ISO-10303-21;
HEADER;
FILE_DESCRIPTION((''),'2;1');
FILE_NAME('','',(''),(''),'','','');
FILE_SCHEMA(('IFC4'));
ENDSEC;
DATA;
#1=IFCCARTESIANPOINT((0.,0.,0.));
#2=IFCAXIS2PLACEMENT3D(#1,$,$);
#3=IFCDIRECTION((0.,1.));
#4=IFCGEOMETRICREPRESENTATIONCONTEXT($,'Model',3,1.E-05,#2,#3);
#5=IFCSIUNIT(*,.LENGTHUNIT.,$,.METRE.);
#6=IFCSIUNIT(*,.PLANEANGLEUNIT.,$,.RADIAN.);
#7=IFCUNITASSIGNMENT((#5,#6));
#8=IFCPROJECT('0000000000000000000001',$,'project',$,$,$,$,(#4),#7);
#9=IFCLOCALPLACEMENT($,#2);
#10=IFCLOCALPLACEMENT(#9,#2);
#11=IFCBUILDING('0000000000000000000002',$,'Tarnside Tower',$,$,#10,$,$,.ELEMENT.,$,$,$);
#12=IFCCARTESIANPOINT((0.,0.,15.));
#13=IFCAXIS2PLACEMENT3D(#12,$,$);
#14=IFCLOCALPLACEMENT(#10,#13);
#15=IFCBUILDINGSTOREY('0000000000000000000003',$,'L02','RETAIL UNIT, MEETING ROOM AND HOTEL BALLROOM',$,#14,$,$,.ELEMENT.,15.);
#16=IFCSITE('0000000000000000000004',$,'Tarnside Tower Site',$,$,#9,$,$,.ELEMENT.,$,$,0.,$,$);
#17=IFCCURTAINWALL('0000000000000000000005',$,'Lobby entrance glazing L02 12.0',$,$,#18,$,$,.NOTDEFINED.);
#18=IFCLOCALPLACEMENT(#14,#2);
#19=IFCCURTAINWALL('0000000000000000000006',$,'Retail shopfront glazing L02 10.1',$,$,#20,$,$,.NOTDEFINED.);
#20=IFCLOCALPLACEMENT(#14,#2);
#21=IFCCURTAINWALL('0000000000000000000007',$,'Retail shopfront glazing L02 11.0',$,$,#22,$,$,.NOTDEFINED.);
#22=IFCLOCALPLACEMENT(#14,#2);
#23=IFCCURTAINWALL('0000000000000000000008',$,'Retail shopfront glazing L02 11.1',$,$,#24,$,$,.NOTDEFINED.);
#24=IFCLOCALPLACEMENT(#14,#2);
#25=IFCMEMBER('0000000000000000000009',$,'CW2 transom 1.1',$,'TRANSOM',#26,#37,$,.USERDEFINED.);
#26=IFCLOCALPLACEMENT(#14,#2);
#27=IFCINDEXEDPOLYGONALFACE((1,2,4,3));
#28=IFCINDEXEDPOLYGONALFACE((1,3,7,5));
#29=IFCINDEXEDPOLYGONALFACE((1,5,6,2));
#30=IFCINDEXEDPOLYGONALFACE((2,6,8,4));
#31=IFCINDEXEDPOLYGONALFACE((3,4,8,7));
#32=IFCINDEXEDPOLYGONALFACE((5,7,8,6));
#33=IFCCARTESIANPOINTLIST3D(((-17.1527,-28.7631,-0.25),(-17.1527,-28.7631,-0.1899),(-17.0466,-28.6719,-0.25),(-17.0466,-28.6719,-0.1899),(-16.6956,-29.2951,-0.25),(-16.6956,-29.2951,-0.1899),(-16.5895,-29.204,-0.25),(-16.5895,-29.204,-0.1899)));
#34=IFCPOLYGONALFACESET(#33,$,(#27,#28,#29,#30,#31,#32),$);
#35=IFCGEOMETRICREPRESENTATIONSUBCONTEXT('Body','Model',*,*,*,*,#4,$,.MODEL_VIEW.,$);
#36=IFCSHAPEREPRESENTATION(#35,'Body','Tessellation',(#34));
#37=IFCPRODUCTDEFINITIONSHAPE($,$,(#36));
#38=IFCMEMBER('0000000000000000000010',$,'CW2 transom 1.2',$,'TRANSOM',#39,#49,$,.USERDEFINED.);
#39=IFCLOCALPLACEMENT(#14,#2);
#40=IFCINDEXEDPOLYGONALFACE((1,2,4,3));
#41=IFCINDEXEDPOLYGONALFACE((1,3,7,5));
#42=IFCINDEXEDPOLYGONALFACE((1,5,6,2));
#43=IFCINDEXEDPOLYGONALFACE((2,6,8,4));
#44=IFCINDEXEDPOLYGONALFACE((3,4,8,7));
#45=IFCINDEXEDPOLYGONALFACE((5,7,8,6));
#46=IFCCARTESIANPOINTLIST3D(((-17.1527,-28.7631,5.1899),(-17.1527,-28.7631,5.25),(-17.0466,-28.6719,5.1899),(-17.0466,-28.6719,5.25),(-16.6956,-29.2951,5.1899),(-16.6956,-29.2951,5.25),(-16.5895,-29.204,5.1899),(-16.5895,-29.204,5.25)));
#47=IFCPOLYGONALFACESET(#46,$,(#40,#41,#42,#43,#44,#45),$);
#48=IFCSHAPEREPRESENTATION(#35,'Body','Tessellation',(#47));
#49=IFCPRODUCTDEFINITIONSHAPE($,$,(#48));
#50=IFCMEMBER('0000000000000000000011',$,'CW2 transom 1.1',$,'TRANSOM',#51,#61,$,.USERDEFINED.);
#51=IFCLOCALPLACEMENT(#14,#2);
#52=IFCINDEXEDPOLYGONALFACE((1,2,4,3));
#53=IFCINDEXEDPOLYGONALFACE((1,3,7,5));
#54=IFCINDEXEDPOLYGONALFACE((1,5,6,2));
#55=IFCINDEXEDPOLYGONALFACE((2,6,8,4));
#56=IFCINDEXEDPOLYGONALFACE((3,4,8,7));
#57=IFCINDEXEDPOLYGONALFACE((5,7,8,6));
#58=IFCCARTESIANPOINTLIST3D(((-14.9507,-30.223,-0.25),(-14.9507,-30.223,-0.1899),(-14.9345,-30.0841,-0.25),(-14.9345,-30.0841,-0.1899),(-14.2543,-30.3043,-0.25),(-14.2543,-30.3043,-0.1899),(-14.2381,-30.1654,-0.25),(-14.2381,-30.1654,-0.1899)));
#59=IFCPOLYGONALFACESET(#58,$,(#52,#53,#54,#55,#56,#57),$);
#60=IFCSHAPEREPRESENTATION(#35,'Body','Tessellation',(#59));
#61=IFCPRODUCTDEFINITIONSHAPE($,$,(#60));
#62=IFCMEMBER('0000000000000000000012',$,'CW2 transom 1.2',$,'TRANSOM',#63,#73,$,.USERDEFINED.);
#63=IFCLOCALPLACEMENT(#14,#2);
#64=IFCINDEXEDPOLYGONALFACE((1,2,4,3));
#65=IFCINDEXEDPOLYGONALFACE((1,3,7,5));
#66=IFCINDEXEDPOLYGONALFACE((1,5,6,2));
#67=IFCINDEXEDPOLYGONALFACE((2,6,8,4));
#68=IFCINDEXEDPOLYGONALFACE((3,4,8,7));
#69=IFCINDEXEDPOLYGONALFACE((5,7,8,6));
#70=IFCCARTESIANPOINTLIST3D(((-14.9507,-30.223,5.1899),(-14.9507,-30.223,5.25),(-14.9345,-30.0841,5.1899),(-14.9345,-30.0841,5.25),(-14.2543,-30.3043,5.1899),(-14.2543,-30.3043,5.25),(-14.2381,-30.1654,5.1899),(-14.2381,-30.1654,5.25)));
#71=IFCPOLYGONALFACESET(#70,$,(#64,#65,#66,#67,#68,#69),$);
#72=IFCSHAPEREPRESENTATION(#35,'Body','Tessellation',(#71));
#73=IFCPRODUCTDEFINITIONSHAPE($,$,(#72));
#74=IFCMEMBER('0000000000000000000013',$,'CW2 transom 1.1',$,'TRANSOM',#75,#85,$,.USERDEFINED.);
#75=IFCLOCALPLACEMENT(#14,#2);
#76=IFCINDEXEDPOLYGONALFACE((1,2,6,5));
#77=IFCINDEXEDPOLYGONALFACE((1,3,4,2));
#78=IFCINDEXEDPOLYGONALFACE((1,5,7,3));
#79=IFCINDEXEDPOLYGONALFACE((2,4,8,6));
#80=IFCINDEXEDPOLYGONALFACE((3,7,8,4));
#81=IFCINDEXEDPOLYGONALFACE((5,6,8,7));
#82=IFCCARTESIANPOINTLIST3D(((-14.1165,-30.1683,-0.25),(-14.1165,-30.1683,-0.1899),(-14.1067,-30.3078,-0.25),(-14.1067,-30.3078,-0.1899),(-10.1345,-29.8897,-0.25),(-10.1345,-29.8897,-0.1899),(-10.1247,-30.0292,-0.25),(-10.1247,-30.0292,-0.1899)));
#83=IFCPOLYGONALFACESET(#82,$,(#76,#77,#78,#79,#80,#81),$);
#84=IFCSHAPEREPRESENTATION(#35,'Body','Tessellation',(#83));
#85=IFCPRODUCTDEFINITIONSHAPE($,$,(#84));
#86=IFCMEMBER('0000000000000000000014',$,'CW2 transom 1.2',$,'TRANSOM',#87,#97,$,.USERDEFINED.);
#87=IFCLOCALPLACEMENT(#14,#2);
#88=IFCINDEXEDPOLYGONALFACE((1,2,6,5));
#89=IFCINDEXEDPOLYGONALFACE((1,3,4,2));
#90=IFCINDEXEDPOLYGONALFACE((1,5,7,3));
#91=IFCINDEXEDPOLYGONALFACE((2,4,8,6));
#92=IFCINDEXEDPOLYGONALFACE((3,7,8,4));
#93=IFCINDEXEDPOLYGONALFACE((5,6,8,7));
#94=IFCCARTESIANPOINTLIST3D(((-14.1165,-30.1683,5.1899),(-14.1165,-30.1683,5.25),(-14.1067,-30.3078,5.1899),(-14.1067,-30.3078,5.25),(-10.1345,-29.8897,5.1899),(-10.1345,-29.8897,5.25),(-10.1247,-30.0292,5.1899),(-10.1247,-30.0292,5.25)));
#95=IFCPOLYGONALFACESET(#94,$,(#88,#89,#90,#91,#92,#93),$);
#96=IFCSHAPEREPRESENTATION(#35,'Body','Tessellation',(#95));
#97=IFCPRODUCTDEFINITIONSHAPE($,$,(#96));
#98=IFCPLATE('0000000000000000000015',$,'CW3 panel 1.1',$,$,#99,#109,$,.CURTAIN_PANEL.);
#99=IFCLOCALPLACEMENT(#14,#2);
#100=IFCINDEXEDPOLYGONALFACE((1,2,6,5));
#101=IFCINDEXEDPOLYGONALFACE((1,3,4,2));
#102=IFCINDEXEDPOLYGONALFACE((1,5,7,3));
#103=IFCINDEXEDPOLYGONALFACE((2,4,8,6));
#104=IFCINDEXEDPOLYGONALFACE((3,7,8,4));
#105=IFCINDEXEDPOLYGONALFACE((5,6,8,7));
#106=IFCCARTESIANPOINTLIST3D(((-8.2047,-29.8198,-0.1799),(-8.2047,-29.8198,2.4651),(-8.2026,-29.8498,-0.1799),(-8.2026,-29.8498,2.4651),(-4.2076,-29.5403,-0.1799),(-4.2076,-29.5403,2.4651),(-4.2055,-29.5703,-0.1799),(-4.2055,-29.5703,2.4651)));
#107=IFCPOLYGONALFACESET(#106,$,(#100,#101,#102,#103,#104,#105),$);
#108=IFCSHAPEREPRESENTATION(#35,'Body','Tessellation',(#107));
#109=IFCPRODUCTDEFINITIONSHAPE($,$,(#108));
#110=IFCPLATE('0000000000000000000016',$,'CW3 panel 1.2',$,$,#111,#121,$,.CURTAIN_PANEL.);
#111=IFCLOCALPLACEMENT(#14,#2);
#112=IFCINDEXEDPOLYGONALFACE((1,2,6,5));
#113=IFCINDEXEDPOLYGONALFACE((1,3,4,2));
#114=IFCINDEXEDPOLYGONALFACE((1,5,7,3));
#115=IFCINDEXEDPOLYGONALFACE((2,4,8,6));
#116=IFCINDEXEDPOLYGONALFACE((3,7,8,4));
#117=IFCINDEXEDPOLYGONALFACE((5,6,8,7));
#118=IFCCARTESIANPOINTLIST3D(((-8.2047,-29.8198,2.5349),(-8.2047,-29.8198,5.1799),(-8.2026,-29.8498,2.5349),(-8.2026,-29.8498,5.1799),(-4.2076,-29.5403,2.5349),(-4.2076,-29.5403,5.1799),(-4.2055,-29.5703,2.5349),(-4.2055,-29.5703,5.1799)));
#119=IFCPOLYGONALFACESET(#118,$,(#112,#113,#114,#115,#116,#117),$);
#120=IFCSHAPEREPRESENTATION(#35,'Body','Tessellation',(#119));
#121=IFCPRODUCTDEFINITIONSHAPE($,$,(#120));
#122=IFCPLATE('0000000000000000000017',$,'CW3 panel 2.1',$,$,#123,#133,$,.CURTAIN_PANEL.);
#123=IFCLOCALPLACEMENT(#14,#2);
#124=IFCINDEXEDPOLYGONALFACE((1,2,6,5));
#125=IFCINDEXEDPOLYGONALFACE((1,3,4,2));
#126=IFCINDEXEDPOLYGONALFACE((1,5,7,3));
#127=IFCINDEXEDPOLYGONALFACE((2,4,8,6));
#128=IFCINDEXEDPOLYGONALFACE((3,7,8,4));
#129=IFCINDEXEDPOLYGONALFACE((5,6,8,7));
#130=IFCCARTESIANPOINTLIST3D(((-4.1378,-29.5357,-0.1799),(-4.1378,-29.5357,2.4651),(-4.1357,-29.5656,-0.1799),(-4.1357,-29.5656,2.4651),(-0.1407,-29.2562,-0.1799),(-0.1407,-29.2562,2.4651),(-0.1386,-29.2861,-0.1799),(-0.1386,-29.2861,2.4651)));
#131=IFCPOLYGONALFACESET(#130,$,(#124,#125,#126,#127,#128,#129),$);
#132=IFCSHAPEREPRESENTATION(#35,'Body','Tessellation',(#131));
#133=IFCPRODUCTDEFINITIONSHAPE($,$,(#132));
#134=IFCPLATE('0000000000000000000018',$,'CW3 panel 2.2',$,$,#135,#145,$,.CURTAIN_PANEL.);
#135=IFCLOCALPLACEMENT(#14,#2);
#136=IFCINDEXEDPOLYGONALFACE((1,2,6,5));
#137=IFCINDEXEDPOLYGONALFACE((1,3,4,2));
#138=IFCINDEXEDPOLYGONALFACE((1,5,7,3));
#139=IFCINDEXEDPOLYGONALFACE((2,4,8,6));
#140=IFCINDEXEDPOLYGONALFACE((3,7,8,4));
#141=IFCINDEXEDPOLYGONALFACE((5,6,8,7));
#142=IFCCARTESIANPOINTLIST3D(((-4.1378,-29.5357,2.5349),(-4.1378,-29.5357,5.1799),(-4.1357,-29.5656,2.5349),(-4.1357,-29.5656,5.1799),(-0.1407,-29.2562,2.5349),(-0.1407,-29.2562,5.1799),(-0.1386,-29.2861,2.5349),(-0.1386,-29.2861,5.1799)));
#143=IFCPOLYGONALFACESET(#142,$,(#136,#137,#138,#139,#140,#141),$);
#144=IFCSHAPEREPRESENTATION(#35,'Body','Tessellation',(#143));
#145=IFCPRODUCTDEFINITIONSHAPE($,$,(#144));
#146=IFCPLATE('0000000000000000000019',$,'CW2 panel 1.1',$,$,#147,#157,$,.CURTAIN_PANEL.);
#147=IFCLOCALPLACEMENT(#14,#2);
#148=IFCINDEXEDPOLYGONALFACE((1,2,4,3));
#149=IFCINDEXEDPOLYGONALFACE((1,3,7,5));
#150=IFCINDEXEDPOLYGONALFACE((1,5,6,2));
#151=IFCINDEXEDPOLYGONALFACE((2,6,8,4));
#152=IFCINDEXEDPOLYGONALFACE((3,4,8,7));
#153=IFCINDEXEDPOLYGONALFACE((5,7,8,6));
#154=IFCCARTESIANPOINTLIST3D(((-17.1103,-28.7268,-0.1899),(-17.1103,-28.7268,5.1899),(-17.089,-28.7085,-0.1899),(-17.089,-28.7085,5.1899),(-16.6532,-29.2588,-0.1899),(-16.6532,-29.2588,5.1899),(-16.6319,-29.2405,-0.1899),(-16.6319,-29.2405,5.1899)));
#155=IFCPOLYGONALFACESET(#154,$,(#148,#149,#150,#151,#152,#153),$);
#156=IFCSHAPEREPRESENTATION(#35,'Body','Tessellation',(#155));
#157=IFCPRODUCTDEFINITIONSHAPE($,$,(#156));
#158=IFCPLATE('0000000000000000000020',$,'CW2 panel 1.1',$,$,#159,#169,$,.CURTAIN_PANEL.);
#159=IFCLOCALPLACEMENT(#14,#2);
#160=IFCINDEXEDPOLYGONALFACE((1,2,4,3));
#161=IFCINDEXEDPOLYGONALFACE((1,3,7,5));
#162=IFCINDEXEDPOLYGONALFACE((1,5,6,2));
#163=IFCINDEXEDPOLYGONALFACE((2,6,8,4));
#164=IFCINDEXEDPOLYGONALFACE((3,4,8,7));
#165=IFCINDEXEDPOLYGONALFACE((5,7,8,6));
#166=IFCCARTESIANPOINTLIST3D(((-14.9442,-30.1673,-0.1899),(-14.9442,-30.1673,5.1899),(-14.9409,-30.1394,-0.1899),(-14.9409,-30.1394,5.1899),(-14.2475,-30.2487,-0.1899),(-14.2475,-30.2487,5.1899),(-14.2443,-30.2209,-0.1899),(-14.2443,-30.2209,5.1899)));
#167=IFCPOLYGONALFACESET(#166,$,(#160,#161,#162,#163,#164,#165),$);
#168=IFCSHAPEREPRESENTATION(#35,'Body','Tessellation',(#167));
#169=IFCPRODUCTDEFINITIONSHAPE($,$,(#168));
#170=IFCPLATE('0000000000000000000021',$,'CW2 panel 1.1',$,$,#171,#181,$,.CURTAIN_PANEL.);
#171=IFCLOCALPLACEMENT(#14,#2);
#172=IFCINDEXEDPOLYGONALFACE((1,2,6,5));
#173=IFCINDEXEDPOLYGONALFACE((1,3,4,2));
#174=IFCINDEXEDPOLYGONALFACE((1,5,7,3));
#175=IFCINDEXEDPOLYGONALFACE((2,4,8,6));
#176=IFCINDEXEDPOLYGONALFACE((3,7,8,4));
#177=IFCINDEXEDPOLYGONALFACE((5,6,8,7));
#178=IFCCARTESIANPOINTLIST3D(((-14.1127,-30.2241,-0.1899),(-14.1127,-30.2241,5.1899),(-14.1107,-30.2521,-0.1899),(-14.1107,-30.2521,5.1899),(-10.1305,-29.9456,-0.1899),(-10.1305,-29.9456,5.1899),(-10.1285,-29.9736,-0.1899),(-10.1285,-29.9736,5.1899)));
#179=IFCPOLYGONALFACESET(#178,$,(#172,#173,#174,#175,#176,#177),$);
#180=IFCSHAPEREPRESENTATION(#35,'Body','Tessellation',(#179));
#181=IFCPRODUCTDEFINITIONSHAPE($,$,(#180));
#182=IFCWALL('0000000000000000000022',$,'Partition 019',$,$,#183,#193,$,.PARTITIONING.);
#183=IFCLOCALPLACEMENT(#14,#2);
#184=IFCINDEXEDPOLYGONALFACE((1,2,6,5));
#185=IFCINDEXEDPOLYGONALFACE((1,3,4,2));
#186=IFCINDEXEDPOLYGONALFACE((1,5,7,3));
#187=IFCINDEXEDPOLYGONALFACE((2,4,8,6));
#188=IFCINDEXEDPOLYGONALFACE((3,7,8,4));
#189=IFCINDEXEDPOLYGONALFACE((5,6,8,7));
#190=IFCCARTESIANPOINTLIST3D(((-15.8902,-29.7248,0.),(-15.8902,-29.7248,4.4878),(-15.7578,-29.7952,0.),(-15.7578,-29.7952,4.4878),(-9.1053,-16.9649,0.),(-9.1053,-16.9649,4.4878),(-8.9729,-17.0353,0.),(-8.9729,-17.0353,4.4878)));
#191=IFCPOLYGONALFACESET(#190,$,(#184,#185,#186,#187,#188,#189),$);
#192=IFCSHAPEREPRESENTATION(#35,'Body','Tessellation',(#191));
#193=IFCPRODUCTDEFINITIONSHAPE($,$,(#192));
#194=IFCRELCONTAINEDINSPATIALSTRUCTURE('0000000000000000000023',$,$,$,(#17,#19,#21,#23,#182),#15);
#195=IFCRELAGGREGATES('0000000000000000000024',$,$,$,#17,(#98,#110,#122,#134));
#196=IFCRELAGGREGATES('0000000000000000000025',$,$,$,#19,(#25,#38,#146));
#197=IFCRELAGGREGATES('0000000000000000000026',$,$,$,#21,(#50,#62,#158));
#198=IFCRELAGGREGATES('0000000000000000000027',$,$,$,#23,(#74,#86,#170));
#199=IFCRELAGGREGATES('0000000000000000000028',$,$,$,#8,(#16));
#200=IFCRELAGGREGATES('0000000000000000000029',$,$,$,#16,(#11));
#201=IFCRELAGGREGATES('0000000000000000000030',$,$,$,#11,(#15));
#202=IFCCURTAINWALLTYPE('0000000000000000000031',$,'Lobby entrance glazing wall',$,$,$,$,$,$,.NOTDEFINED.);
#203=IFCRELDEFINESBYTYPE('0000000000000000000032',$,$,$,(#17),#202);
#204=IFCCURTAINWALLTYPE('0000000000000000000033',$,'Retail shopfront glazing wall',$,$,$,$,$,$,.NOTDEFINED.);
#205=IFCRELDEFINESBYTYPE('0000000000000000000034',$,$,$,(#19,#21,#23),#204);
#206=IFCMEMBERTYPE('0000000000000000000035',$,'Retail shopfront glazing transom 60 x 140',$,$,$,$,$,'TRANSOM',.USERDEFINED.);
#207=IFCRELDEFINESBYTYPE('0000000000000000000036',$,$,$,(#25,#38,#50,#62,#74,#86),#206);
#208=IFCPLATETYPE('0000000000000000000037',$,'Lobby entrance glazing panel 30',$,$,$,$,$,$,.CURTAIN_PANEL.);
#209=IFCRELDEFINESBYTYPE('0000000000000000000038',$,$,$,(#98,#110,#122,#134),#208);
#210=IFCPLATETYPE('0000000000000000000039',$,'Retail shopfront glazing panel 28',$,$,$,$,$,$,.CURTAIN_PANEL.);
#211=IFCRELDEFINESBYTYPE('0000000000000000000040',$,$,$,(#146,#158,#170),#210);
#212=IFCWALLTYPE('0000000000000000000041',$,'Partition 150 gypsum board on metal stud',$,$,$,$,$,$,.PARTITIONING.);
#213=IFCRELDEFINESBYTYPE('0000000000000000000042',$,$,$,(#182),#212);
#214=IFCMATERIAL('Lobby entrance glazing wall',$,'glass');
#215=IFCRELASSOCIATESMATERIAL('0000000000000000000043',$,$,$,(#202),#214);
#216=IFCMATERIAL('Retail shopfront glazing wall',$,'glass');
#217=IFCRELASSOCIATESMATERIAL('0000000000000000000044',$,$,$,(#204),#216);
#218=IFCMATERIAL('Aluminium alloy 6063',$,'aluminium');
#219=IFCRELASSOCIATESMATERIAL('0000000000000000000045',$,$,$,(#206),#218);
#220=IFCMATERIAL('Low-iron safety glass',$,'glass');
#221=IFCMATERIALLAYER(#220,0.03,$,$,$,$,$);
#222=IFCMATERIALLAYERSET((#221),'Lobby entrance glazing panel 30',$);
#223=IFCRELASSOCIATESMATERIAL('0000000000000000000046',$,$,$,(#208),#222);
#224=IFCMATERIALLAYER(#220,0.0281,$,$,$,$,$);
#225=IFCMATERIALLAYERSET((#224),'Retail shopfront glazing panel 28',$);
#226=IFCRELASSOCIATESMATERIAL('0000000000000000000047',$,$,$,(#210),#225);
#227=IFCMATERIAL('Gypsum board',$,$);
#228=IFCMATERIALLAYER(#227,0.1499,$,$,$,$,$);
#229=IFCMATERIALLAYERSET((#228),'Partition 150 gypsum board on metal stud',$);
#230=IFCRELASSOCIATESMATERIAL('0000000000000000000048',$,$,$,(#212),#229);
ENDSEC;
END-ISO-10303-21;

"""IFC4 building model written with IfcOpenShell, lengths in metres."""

from ifc_helpers import new_model, si_unit, direction, frame, frame_2d, origin, origin_2d, place, context, subcontext, project, spatial, rectangle, extrude, material, layer, layer_set, material_profile, profile_set, type_object, element, aggregate, save


model = new_model("IFC4")

# Units and contexts
model_context = context("Model", 3, precision=1e-05, world=origin(), true_north=direction((0.0, 1.0)))
body_context = subcontext(model_context, "Body", "Model", "MODEL_VIEW")
ifc_project = project(units=[si_unit("LENGTHUNIT", "METRE"), si_unit("PLANEANGLEUNIT", "RADIAN")], contexts=[model_context])

# Site, building, storey
site_placement = place(None, origin())
site = spatial("IfcSite", under=ifc_project, at=site_placement, Name="Tarnside Tower Site", CompositionType="ELEMENT", RefElevation=0.0)
building_placement = place(site_placement, origin())
building = spatial("IfcBuilding", under=site, at=building_placement, Name="Tarnside Tower", CompositionType="ELEMENT")
storey_placement = place(building_placement, frame((0.0, 0.0, 15.0)))
storey = spatial("IfcBuildingStorey", under=building, at=storey_placement, Name="L02", Description="RETAIL UNIT, MEETING ROOM AND HOTEL BALLROOM", CompositionType="ELEMENT", Elevation=15.0)

# Curtain wall
ifc_material_1 = material(Name="Lobby entrance glazing wall", Category="glass")
curtain_wall_type_1 = type_object("IfcCurtainWallType", Name="Lobby entrance glazing wall", PredefinedType="NOTDEFINED", material=ifc_material_1)
curtain_wall_1_placement = place(storey_placement, origin())
curtain_wall_1 = element("IfcCurtainWall", 1, at=curtain_wall_1_placement, inside=storey, type_object=curtain_wall_type_1, Name="Lobby entrance glazing L02 12.0", PredefinedType="NOTDEFINED")
ifc_material_2 = material(Name="Aluminium alloy 6063", Category="aluminium")

# Curtain wall
ifc_material_3 = material(Name="Retail shopfront glazing wall", Category="glass")
curtain_wall_type_2 = type_object("IfcCurtainWallType", Name="Retail shopfront glazing wall", PredefinedType="NOTDEFINED", material=ifc_material_3)
curtain_wall_2_placement = place(storey_placement, origin())
curtain_wall_2 = element("IfcCurtainWall", 2, at=curtain_wall_2_placement, inside=storey, type_object=curtain_wall_type_2, Name="Retail shopfront glazing L02 10.1", PredefinedType="NOTDEFINED")

# Curtain walls
curtain_wall_3_placement = place(storey_placement, origin())
curtain_wall_3 = element("IfcCurtainWall", 3, at=curtain_wall_3_placement, inside=storey, type_object=curtain_wall_type_2, Name="Retail shopfront glazing L02 11.0", PredefinedType="NOTDEFINED")
curtain_wall_4_placement = place(storey_placement, origin())
curtain_wall_4 = element("IfcCurtainWall", 4, at=curtain_wall_4_placement, inside=storey, type_object=curtain_wall_type_2, Name="Retail shopfront glazing L02 11.1", PredefinedType="NOTDEFINED")

# Members
ifc_material_profile_1 = material_profile(ifc_material_2, rectangle(XDim=0.1399, YDim=0.0601, at=origin_2d()), Name="Retail shopfront glazing transom 60 x 140")
ifc_profile_set_1 = profile_set([ifc_material_profile_1], Name="Aluminium alloy 6063")
member_type_1 = type_object("IfcMemberType", Name="Retail shopfront glazing transom 60 x 140", ElementType="TRANSOM", PredefinedType="USERDEFINED", material=ifc_profile_set_1)
member_1_placement = place(storey_placement, frame((-17.0996, -28.7175, -0.22), z_axis=(0.651651, -0.758519, 0.0), x_axis=(0.758519, 0.651651, 0.0)))
member_1 = element("IfcMember", 5, at=member_1_placement, type_object=member_type_1, Name="CW2 transom 1.1", ObjectType="TRANSOM", PredefinedType="USERDEFINED", context=body_context, shape_type="SweptSolid", body=[
    extrude(rectangle(XDim=0.1399, YDim=0.0601, at=origin_2d()), origin(), (0.0, 0.0, 1.0), 0.7014),
])
member_2_placement = place(storey_placement, frame((-17.0996, -28.7175, 5.22), z_axis=(0.651651, -0.758519, 0.0), x_axis=(0.758519, 0.651651, 0.0)))
member_2 = element("IfcMember", 6, at=member_2_placement, type_object=member_type_1, Name="CW2 transom 1.2", ObjectType="TRANSOM", PredefinedType="USERDEFINED", context=body_context, shape_type="SweptSolid", body=[
    extrude(rectangle(XDim=0.1399, YDim=0.0601, at=origin_2d()), origin(), (0.0, 0.0, 1.0), 0.7014),
])
member_3_placement = place(storey_placement, frame((-14.9426, -30.1536, -0.22), z_axis=(0.993257, -0.115932, 0.0), x_axis=(0.115932, 0.993257, 0.0)))
member_3 = element("IfcMember", 7, at=member_3_placement, type_object=member_type_1, Name="CW2 transom 1.1", ObjectType="TRANSOM", PredefinedType="USERDEFINED", context=body_context, shape_type="SweptSolid", body=[
    extrude(rectangle(XDim=0.1399, YDim=0.0601, at=origin_2d()), origin(), (0.0, 0.0, 1.0), 0.7012),
])
member_4_placement = place(storey_placement, frame((-14.9426, -30.1536, 5.22), z_axis=(0.993257, -0.115932, 0.0), x_axis=(0.115932, 0.993257, 0.0)))
member_4 = element("IfcMember", 8, at=member_4_placement, type_object=member_type_1, Name="CW2 transom 1.2", ObjectType="TRANSOM", PredefinedType="USERDEFINED", context=body_context, shape_type="SweptSolid", body=[
    extrude(rectangle(XDim=0.1399, YDim=0.0601, at=origin_2d()), origin(), (0.0, 0.0, 1.0), 0.7012),
])
member_5_placement = place(storey_placement, frame((-14.1116, -30.238, -0.22), z_axis=(0.997562, 0.069787, 0.0), x_axis=(-0.069787, 0.997562, 0.0)))
member_5 = element("IfcMember", 9, at=member_5_placement, type_object=member_type_1, Name="CW2 transom 1.1", ObjectType="TRANSOM", PredefinedType="USERDEFINED", context=body_context, shape_type="SweptSolid", body=[
    extrude(rectangle(XDim=0.1399, YDim=0.0601, at=origin_2d()), origin(), (0.0, 0.0, 1.0), 3.9917),
])
member_6_placement = place(storey_placement, frame((-14.1116, -30.238, 5.22), z_axis=(0.997562, 0.069787, 0.0), x_axis=(-0.069787, 0.997562, 0.0)))
member_6 = element("IfcMember", 10, at=member_6_placement, type_object=member_type_1, Name="CW2 transom 1.2", ObjectType="TRANSOM", PredefinedType="USERDEFINED", context=body_context, shape_type="SweptSolid", body=[
    extrude(rectangle(XDim=0.1399, YDim=0.0601, at=origin_2d()), origin(), (0.0, 0.0, 1.0), 3.9917),
])

# Plates
ifc_material_4 = material(Name="Low-iron safety glass", Category="glass")
ifc_layer_1 = layer(ifc_material_4, 0.03)
ifc_layer_set_1 = layer_set([ifc_layer_1], Name="Lobby entrance glazing panel 30")
plate_type_1 = type_object("IfcPlateType", Name="Lobby entrance glazing panel 30", PredefinedType="CURTAIN_PANEL", material=ifc_layer_set_1)
plate_1_placement = place(storey_placement, frame((-6.2051, -29.6951, -0.1799), z_axis=(0.0, 0.0, 1.0), x_axis=(0.997564, 0.069756, 0.0)))
plate_1 = element("IfcPlate", 11, at=plate_1_placement, type_object=plate_type_1, Name="CW3 panel 1.1", PredefinedType="CURTAIN_PANEL", context=body_context, shape_type="SweptSolid", body=[
    extrude(rectangle(XDim=4.0068, YDim=0.03, at=origin_2d()), origin(), (0.0, 0.0, 1.0), 2.645),
])
plate_2_placement = place(storey_placement, frame((-6.2051, -29.6951, 2.5349), z_axis=(0.0, 0.0, 1.0), x_axis=(0.997564, 0.069756, 0.0)))
plate_2 = element("IfcPlate", 12, at=plate_2_placement, type_object=plate_type_1, Name="CW3 panel 1.2", PredefinedType="CURTAIN_PANEL", context=body_context, shape_type="SweptSolid", body=[
    extrude(rectangle(XDim=4.0068, YDim=0.03, at=origin_2d()), origin(), (0.0, 0.0, 1.0), 2.645),
])
plate_3_placement = place(storey_placement, frame((-2.1382, -29.4109, -0.1799), z_axis=(0.0, 0.0, 1.0), x_axis=(0.997564, 0.069756, 0.0)))
plate_3 = element("IfcPlate", 13, at=plate_3_placement, type_object=plate_type_1, Name="CW3 panel 2.1", PredefinedType="CURTAIN_PANEL", context=body_context, shape_type="SweptSolid", body=[
    extrude(rectangle(XDim=4.0068, YDim=0.03, at=origin_2d()), origin(), (0.0, 0.0, 1.0), 2.645),
])
plate_4_placement = place(storey_placement, frame((-2.1382, -29.4109, 2.5349), z_axis=(0.0, 0.0, 1.0), x_axis=(0.997564, 0.069756, 0.0)))
plate_4 = element("IfcPlate", 14, at=plate_4_placement, type_object=plate_type_1, Name="CW3 panel 2.2", PredefinedType="CURTAIN_PANEL", context=body_context, shape_type="SweptSolid", body=[
    extrude(rectangle(XDim=4.0068, YDim=0.03, at=origin_2d()), origin(), (0.0, 0.0, 1.0), 2.645),
])
aggregate(curtain_wall_1, [plate_1, plate_2, plate_3, plate_4])
ifc_layer_2 = layer(ifc_material_4, 0.0281)
ifc_layer_set_2 = layer_set([ifc_layer_2], Name="Retail shopfront glazing panel 28")
plate_type_2 = type_object("IfcPlateType", Name="Retail shopfront glazing panel 28", PredefinedType="CURTAIN_PANEL", material=ifc_layer_set_2)
plate_5_placement = place(storey_placement, frame((-16.8711, -28.9836, -0.1899), z_axis=(0.0, 0.0, 1.0), x_axis=(0.651657, -0.758514, 0.0)))
plate_5 = element("IfcPlate", 15, at=plate_5_placement, type_object=plate_type_2, Name="CW2 panel 1.1", PredefinedType="CURTAIN_PANEL", context=body_context, shape_type="SweptSolid", body=[
    extrude(rectangle(XDim=0.7014, YDim=0.0281, at=origin_2d()), origin(), (0.0, 0.0, 1.0), 5.3799),
])
aggregate(curtain_wall_2, [member_1, member_2, plate_5])
plate_6_placement = place(storey_placement, frame((-14.5942, -30.1941, -0.1899), z_axis=(0.0, 0.0, 1.0), x_axis=(0.993238, -0.116093, 0.0)))
plate_6 = element("IfcPlate", 16, at=plate_6_placement, type_object=plate_type_2, Name="CW2 panel 1.1", PredefinedType="CURTAIN_PANEL", context=body_context, shape_type="SweptSolid", body=[
    extrude(rectangle(XDim=0.7014, YDim=0.0281, at=origin_2d()), origin(), (0.0, 0.0, 1.0), 5.3799),
])
aggregate(curtain_wall_3, [member_3, member_4, plate_6])
plate_7_placement = place(storey_placement, frame((-12.1206, -30.0989, -0.1899), z_axis=(0.0, 0.0, 1.0), x_axis=(0.997564, 0.069756, 0.0)))
plate_7 = element("IfcPlate", 17, at=plate_7_placement, type_object=plate_type_2, Name="CW2 panel 1.1", PredefinedType="CURTAIN_PANEL", context=body_context, shape_type="SweptSolid", body=[
    extrude(rectangle(XDim=3.9919, YDim=0.0281, at=origin_2d()), origin(), (0.0, 0.0, 1.0), 5.3799),
])
aggregate(curtain_wall_4, [member_5, member_6, plate_7])

# Wall
ifc_material_5 = material(Name="Gypsum board")
ifc_layer_3 = layer(ifc_material_5, 0.1499)
ifc_layer_set_3 = layer_set([ifc_layer_3], Name="Partition 150 gypsum board on metal stud")
wall_type = type_object("IfcWallType", Name="Partition 150 gypsum board on metal stud", PredefinedType="PARTITIONING", material=ifc_layer_set_3)
wall_1_placement = place(storey_placement, frame((-15.824, -29.76, 0.0), z_axis=(0.0, 0.0, 1.0), x_axis=(0.469487, 0.882939, 0.0)))
element("IfcWall", 18, at=wall_1_placement, inside=storey, type_object=wall_type, Name="Partition 019", PredefinedType="PARTITIONING", context=body_context, shape_type="SweptSolid", body=[
    extrude(rectangle(XDim=14.4517, YDim=0.1499, at=frame_2d((7.2258, 0.0))), origin(), (0.0, 0.0, 1.0), 4.4878),
])

save(model, "model.ifc")
